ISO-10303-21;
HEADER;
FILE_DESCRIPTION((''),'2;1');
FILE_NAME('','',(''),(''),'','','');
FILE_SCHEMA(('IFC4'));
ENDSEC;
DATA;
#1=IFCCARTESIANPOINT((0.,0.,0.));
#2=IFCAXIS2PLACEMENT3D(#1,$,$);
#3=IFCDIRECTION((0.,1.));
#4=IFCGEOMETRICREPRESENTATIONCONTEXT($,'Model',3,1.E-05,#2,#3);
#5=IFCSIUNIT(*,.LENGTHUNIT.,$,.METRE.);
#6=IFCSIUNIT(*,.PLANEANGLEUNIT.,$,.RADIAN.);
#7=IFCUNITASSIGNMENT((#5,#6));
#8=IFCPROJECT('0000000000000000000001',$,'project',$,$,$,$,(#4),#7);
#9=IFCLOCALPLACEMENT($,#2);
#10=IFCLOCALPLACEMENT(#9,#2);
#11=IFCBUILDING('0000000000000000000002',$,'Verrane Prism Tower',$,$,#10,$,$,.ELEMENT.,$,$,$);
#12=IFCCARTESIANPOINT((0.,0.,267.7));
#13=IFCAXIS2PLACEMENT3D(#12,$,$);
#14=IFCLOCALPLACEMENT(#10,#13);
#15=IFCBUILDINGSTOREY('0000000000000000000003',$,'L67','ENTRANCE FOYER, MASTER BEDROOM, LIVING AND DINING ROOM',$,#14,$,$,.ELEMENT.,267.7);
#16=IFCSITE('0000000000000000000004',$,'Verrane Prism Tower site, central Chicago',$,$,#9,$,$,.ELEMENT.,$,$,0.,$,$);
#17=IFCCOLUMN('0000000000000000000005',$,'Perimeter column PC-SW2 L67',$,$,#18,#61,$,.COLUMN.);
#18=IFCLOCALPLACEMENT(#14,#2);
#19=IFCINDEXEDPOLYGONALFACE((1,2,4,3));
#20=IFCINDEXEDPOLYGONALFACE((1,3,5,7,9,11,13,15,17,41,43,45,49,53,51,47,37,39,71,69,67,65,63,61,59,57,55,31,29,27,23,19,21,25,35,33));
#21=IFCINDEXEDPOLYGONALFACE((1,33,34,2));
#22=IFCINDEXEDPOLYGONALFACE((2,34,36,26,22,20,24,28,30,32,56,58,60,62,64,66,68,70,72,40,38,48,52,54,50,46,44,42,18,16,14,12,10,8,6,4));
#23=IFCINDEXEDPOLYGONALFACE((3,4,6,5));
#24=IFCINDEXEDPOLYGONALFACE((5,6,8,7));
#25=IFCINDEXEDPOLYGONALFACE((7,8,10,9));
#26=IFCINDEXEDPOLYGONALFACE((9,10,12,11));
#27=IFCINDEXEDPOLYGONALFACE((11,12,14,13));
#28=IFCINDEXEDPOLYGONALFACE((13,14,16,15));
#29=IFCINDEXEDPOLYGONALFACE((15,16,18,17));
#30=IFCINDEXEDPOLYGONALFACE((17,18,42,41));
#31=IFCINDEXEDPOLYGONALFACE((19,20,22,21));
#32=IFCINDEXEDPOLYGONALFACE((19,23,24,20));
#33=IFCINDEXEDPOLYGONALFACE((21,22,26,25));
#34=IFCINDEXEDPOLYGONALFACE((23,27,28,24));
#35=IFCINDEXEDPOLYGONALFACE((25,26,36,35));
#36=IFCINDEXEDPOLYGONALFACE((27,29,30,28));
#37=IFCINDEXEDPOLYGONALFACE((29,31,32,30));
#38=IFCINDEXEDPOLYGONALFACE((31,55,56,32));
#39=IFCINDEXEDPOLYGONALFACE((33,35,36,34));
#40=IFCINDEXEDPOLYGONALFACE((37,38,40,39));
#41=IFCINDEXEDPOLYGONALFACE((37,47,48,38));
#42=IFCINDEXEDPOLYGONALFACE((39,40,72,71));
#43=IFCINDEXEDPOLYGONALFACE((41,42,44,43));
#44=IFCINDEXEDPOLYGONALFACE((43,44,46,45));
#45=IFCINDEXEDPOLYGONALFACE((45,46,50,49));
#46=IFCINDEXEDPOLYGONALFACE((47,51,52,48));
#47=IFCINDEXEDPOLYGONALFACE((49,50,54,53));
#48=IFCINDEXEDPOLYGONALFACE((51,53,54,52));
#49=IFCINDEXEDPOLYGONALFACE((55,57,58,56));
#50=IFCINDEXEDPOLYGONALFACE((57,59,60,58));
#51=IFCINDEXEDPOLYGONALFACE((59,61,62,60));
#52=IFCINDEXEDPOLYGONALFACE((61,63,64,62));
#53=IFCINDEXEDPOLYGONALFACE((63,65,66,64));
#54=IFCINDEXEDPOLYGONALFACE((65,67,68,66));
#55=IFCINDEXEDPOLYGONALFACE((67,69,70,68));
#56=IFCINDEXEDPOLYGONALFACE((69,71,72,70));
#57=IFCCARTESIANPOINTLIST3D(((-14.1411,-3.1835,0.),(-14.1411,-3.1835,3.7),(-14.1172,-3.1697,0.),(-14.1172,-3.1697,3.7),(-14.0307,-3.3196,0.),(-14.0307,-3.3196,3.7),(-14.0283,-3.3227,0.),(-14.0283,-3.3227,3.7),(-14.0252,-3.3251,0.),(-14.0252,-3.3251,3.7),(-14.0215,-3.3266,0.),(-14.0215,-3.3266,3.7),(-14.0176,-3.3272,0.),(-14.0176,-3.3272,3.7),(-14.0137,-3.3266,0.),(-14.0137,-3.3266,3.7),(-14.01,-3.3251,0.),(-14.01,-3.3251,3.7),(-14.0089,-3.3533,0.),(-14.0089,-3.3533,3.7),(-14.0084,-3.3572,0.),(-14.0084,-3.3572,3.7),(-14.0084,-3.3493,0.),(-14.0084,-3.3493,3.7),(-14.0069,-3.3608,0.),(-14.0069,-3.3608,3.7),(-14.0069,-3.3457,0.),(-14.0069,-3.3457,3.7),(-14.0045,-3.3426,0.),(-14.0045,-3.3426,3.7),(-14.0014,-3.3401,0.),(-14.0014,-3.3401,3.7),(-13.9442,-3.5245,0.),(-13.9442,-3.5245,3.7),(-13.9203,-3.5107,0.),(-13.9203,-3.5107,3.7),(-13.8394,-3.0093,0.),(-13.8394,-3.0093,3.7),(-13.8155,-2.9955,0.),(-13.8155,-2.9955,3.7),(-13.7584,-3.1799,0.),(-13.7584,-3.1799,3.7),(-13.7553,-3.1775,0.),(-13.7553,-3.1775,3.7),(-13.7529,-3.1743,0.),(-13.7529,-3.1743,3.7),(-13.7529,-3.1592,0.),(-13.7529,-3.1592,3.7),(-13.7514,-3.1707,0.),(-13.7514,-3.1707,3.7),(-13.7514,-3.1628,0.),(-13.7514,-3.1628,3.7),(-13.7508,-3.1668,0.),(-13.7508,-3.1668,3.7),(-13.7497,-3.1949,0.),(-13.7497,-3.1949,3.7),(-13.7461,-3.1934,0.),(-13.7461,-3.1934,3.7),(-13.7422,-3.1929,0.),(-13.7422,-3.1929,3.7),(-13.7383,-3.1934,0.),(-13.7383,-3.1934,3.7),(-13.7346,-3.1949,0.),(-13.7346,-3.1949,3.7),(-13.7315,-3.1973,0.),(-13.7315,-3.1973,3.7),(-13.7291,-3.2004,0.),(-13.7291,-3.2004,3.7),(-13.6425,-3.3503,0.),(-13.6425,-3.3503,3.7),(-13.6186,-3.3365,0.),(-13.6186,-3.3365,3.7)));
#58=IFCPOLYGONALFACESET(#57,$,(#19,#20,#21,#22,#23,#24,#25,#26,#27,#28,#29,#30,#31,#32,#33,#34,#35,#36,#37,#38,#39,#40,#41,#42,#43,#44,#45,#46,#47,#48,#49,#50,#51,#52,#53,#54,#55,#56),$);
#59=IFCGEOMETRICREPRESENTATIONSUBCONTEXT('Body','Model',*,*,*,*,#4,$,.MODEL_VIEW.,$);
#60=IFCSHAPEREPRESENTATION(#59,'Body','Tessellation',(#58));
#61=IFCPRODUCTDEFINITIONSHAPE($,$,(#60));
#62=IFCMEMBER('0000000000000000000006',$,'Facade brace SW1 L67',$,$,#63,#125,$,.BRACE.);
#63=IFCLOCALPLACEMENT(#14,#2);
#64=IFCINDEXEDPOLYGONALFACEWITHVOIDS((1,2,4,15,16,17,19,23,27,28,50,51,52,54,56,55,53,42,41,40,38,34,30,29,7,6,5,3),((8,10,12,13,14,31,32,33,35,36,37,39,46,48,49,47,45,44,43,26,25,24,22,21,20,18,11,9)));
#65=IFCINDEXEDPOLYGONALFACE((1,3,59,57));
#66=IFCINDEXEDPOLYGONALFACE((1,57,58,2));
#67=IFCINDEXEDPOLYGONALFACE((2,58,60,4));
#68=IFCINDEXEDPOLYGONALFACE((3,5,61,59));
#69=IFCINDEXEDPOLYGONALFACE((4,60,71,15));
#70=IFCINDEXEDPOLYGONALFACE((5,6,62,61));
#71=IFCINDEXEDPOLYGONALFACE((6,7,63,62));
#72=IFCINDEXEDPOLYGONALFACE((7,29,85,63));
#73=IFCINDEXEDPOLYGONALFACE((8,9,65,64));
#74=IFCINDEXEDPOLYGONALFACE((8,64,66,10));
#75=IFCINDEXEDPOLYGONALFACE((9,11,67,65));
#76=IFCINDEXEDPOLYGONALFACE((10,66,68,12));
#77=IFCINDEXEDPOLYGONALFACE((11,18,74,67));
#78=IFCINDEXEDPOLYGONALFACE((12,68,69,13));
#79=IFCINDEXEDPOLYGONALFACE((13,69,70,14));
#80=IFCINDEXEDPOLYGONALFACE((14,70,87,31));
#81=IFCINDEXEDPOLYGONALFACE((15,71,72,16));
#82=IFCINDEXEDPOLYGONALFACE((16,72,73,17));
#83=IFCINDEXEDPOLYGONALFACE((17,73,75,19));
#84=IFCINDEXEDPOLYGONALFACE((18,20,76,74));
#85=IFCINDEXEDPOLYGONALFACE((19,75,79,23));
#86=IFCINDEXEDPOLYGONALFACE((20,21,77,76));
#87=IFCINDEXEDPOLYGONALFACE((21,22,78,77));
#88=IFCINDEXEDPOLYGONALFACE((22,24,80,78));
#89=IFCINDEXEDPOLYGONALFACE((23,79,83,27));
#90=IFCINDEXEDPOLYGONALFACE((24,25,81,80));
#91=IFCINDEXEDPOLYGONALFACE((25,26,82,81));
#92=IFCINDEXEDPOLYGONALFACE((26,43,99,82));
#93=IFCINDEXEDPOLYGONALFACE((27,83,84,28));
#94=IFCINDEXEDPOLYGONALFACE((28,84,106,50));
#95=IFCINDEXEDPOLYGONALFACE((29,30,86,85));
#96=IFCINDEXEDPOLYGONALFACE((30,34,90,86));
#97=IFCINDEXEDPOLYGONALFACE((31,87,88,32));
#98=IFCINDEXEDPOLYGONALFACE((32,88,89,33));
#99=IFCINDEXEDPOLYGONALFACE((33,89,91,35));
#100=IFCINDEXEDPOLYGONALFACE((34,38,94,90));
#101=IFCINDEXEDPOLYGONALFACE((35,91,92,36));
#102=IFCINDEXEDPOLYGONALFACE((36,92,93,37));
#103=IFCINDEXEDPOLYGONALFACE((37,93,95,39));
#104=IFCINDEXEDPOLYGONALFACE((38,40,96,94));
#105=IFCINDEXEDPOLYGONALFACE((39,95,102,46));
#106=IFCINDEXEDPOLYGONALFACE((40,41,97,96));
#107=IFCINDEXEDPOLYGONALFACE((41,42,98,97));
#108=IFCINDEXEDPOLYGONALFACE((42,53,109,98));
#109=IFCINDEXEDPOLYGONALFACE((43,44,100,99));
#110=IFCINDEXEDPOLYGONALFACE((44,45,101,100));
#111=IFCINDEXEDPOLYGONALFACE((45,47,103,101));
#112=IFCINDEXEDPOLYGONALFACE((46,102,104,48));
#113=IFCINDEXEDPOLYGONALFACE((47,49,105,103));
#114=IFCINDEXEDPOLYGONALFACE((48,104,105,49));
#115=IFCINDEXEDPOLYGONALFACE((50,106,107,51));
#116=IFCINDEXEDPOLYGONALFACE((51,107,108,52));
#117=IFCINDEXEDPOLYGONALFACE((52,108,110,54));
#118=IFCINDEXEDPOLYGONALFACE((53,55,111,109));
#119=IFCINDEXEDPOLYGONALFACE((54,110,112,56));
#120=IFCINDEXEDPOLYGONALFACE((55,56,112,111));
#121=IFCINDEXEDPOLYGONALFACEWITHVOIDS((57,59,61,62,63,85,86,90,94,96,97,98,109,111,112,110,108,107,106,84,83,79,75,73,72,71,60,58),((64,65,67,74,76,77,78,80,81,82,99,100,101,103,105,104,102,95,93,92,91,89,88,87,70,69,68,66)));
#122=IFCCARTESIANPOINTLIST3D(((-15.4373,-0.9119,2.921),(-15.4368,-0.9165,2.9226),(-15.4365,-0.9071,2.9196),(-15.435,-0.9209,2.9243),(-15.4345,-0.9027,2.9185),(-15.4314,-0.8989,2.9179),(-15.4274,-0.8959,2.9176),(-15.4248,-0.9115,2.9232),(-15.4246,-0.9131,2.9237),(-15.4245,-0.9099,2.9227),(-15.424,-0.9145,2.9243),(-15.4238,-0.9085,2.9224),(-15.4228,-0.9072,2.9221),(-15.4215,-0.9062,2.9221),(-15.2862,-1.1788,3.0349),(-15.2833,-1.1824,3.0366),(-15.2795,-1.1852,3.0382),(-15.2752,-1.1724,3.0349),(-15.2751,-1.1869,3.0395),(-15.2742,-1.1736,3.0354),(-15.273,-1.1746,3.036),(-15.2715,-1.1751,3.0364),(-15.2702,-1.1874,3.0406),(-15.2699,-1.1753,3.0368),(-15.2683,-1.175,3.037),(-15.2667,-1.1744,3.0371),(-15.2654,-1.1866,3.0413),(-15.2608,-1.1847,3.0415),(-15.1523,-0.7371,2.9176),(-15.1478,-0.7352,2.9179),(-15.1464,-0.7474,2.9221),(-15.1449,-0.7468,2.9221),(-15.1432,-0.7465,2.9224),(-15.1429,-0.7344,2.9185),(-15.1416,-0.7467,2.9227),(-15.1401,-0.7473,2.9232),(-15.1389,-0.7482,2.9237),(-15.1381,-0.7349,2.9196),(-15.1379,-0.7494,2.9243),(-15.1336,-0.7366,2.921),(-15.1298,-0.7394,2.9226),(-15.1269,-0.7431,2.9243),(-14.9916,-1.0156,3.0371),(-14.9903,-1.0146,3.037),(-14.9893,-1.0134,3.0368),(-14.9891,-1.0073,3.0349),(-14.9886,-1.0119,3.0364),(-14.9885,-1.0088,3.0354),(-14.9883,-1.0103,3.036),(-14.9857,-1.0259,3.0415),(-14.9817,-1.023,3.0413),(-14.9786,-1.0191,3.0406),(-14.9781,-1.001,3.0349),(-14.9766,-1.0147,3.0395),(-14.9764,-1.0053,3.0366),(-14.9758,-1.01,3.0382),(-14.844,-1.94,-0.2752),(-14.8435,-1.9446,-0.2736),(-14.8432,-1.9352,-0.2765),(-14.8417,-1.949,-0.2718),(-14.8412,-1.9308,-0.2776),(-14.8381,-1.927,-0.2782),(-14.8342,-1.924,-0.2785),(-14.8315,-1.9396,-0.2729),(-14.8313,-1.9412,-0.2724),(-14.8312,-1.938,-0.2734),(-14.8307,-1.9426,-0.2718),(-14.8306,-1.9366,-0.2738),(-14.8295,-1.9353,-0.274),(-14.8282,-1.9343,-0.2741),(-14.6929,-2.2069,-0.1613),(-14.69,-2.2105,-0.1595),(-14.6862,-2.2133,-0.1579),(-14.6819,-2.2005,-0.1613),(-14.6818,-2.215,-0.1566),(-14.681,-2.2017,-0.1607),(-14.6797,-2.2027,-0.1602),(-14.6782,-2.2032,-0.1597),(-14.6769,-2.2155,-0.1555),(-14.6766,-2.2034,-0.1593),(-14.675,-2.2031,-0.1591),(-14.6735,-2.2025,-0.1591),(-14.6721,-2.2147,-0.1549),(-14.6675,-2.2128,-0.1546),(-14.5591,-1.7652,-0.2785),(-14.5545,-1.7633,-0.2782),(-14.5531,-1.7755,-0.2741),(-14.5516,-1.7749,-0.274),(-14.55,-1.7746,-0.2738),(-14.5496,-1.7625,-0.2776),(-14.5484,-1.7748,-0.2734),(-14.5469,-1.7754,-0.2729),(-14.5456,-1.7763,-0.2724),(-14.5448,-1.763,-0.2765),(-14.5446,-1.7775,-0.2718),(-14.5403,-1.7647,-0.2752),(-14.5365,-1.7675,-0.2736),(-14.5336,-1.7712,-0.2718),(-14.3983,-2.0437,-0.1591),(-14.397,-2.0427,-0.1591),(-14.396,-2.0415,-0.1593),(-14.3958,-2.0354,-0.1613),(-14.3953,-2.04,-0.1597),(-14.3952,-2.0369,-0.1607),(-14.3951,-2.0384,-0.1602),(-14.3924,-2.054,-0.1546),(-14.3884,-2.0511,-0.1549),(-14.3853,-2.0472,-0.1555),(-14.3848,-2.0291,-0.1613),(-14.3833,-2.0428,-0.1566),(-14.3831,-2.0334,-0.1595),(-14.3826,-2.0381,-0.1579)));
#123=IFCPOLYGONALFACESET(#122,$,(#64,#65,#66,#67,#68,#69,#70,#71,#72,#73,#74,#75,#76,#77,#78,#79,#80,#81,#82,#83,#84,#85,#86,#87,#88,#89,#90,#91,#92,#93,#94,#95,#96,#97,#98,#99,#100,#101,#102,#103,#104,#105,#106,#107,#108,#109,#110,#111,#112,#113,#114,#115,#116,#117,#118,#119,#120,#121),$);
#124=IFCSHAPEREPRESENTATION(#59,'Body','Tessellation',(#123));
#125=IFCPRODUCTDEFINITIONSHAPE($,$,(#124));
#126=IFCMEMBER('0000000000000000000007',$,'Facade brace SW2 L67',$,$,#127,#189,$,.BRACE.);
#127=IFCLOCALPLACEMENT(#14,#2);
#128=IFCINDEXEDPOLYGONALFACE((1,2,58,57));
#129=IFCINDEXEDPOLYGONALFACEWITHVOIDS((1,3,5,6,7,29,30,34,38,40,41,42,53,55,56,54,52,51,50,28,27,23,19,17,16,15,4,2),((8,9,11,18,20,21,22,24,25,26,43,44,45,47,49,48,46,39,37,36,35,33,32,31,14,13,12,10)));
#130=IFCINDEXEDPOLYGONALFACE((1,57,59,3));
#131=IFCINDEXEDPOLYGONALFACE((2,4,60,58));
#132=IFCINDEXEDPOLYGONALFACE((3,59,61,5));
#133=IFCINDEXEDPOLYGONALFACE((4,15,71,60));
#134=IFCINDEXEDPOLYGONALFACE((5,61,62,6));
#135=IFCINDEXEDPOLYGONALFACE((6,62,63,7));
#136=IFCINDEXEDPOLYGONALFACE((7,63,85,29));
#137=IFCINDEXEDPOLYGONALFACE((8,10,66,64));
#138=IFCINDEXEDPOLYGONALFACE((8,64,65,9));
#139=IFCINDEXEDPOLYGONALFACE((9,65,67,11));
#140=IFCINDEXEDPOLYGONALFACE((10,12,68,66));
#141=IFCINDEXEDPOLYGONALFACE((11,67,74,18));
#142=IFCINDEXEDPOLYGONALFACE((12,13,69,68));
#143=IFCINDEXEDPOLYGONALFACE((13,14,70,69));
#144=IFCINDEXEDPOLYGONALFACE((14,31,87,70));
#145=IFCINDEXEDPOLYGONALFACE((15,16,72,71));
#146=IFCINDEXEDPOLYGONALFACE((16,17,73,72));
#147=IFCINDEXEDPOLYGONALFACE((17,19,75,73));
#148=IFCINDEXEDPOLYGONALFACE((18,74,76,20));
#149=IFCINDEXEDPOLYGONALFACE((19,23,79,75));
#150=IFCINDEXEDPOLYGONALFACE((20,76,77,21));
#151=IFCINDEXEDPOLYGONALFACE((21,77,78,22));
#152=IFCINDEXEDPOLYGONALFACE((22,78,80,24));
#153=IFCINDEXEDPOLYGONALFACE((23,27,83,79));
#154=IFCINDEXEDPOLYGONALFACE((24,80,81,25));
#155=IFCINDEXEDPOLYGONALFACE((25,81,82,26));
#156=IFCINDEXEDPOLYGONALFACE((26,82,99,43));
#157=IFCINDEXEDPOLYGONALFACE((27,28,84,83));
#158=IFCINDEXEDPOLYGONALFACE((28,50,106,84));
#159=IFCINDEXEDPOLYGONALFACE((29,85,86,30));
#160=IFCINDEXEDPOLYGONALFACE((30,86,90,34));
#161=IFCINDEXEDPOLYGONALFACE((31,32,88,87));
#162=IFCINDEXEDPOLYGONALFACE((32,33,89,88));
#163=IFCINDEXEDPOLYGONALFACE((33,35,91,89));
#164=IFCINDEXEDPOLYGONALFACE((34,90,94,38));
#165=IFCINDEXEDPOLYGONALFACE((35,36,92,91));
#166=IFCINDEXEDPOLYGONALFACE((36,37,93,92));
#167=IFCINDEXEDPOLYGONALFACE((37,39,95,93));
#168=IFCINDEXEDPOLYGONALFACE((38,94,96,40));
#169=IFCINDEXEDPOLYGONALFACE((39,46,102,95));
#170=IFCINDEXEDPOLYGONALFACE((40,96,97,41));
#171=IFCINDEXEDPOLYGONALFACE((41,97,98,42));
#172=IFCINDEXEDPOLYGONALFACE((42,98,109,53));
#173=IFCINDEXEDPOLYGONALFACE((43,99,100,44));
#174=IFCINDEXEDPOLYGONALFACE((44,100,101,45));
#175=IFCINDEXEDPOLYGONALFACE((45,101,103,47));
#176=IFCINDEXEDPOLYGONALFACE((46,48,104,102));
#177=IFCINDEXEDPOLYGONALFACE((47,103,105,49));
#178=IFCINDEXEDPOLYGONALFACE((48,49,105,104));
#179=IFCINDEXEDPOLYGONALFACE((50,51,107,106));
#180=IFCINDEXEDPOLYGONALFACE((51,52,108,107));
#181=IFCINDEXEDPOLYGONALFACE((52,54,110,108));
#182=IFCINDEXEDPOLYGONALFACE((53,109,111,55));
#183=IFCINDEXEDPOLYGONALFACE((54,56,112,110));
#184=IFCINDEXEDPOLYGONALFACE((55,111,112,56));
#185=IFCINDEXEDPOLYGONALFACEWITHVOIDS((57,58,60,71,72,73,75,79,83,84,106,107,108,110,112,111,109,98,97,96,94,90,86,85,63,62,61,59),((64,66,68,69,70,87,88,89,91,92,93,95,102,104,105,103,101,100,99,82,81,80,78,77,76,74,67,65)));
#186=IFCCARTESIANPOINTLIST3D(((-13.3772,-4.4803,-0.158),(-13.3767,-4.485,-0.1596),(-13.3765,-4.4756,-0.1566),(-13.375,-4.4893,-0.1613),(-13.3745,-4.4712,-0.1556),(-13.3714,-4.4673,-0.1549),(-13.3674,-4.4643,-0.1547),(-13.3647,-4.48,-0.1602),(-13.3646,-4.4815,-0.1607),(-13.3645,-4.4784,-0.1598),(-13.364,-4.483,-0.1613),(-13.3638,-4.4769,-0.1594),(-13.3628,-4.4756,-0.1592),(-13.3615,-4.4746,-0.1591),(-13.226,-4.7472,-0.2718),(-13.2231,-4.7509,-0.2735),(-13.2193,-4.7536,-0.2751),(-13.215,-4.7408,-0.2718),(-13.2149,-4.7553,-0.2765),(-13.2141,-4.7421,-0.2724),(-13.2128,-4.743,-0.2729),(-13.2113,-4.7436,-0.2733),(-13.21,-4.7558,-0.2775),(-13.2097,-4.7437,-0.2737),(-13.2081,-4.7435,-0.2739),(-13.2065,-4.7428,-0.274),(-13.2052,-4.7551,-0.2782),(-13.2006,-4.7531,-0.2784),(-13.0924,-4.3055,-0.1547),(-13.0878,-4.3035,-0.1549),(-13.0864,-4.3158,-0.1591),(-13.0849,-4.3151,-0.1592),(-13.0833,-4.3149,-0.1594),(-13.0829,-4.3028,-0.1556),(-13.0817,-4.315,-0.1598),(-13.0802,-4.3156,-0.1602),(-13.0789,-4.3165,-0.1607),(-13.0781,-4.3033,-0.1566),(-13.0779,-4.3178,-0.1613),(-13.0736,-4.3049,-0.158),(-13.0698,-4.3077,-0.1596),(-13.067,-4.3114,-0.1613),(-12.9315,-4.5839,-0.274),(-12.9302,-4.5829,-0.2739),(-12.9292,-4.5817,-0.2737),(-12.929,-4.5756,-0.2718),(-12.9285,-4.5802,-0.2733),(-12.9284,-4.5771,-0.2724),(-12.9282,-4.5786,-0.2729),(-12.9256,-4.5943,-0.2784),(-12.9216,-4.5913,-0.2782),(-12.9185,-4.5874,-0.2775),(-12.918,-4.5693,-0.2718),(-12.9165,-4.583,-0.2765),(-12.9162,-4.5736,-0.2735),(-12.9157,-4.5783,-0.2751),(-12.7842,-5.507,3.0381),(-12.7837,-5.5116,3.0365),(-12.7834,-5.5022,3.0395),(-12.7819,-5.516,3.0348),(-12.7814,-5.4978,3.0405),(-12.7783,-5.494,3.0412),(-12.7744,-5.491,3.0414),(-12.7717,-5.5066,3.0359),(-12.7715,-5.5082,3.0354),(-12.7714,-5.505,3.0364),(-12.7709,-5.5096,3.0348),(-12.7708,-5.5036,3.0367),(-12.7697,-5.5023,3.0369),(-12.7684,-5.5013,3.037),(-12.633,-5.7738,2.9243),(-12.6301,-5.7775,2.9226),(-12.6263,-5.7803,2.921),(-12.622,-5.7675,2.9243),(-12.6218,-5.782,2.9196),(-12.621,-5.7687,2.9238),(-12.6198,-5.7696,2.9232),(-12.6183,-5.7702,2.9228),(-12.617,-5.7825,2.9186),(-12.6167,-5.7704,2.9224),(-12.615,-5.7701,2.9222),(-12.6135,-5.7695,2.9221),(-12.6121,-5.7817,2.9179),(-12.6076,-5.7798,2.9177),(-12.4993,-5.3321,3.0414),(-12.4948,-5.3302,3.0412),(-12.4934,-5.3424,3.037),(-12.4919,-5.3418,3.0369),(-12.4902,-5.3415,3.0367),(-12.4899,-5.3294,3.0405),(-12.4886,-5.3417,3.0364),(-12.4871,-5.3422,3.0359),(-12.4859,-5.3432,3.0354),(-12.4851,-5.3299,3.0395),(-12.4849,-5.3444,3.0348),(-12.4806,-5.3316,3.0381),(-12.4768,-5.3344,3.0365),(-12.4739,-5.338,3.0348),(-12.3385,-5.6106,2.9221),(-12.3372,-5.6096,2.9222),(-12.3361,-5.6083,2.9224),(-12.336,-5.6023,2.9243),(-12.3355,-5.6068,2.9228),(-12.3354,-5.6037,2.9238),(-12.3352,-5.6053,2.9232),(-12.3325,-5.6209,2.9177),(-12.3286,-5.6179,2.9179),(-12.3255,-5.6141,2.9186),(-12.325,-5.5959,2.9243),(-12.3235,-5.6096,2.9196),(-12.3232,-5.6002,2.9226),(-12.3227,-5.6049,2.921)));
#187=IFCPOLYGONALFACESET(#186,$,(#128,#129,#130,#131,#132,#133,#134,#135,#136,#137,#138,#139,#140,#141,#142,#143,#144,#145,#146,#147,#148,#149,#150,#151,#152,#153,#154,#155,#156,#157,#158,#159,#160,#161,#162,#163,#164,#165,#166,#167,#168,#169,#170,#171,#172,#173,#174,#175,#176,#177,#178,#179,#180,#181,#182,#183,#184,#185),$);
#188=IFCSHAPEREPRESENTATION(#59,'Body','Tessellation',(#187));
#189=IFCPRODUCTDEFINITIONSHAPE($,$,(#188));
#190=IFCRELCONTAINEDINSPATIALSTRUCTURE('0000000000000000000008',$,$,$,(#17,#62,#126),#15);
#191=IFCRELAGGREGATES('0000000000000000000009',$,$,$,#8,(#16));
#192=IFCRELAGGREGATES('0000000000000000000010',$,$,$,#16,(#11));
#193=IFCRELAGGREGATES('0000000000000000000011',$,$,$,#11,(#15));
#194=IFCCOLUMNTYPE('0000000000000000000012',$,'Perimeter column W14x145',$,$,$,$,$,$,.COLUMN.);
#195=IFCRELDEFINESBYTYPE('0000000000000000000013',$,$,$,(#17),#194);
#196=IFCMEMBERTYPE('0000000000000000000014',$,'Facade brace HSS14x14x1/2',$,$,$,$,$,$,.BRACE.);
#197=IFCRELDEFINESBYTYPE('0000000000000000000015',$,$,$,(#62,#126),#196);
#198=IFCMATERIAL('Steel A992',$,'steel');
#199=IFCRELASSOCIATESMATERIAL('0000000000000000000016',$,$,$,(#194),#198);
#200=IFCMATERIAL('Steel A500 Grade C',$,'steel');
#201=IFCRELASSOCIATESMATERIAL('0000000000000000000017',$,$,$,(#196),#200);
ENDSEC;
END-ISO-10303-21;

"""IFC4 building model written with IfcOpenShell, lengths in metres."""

from ifc_helpers import new_model, si_unit, direction, frame, origin, origin_2d, place, context, subcontext, project, spatial, hollow_rectangle, i_section, extrude, material, material_profile, profile_set, type_object, element, save


model = new_model("IFC4")

# Units and contexts
model_context = context("Model", 3, precision=1e-05, world=origin(), true_north=direction((0.0, 1.0)))
body_context = subcontext(model_context, "Body", "Model", "MODEL_VIEW")
ifc_project = project(units=[si_unit("LENGTHUNIT", "METRE"), si_unit("PLANEANGLEUNIT", "RADIAN")], contexts=[model_context])

# Site, building, storey
site_placement = place(None, origin())
site = spatial("IfcSite", under=ifc_project, at=site_placement, Name="Verrane Prism Tower site, central Chicago", CompositionType="ELEMENT", RefElevation=0.0)
building_placement = place(site_placement, origin())
building = spatial("IfcBuilding", under=site, at=building_placement, Name="Verrane Prism Tower", CompositionType="ELEMENT")
storey_placement = place(building_placement, frame((0.0, 0.0, 267.7)))
storey = spatial("IfcBuildingStorey", under=building, at=storey_placement, Name="L67", Description="ENTRANCE FOYER, MASTER BEDROOM, LIVING AND DINING ROOM", CompositionType="ELEMENT", Elevation=267.7)

# Column
ifc_material_1 = material(Name="Steel A992", Category="steel")
ifc_material_profile_1 = material_profile(ifc_material_1, i_section(OverallWidth=0.3938, OverallDepth=0.376, WebThickness=0.0173, FlangeThickness=0.0276, FilletRadius=0.0151, at=origin_2d()), Name="W14x145")
ifc_profile_set_1 = profile_set([ifc_material_profile_1], Name="Steel A992")
column_type = type_object("IfcColumnType", Name="Perimeter column W14x145", PredefinedType="COLUMN", material=ifc_profile_set_1)
column_placement = place(storey_placement, frame((-13.8799, -3.26, 0.0), z_axis=(0.0, 0.0, 1.0), x_axis=(-0.5, 0.866025, 0.0)))
element("IfcColumn", 1, at=column_placement, inside=storey, type_object=column_type, Name="Perimeter column PC-SW2 L67", PredefinedType="COLUMN", context=body_context, shape_type="SweptSolid", body=[
    extrude(i_section(OverallWidth=0.3938, OverallDepth=0.376, WebThickness=0.0173, FlangeThickness=0.0276, FilletRadius=0.0151, at=origin_2d()), origin(), (0.0, 0.0, 1.0), 3.7),
])

# Members
ifc_material_2 = material(Name="Steel A500 Grade C", Category="steel")
ifc_material_profile_2 = material_profile(ifc_material_2, hollow_rectangle(XDim=0.3557, YDim=0.3557, WallThickness=0.0127, InnerFilletRadius=0.0063, OuterFilletRadius=0.019, at=origin_2d()), Name="HSS14x14x1/2")
ifc_profile_set_2 = profile_set([ifc_material_profile_2], Name="Steel A500 Grade C")
member_type_1 = type_object("IfcMemberType", Name="Facade brace HSS14x14x1/2", PredefinedType="BRACE", material=ifc_profile_set_2)
member_1_placement = place(storey_placement, frame((-14.6133, -1.989, -0.2166), z_axis=(-0.174011, 0.301547, 0.937438), x_axis=(-0.866134, -0.499811, 0.0)))
element("IfcMember", 2, at=member_1_placement, inside=storey, type_object=member_type_1, Name="Facade brace SW1 L67", PredefinedType="BRACE", context=body_context, shape_type="SweptSolid", body=[
    extrude(hollow_rectangle(XDim=0.3557, YDim=0.3557, WallThickness=0.0127, InnerFilletRadius=0.0063, OuterFilletRadius=0.019, at=origin_2d()), origin(), (0.0, 0.0, 1.0), 3.4094),
])
member_2_placement = place(storey_placement, frame((-13.1465, -4.5293, -0.2166), z_axis=(0.173964, -0.30116, 0.937571), x_axis=(0.865915, 0.500192, 0.0)))
element("IfcMember", 3, at=member_2_placement, inside=storey, type_object=member_type_1, Name="Facade brace SW2 L67", PredefinedType="BRACE", context=body_context, shape_type="SweptSolid", body=[
    extrude(hollow_rectangle(XDim=0.3557, YDim=0.3557, WallThickness=0.0127, InnerFilletRadius=0.0063, OuterFilletRadius=0.019, at=origin_2d()), origin(), (0.0, 0.0, 1.0), 3.4089),
])

save(model, "model.ifc")
